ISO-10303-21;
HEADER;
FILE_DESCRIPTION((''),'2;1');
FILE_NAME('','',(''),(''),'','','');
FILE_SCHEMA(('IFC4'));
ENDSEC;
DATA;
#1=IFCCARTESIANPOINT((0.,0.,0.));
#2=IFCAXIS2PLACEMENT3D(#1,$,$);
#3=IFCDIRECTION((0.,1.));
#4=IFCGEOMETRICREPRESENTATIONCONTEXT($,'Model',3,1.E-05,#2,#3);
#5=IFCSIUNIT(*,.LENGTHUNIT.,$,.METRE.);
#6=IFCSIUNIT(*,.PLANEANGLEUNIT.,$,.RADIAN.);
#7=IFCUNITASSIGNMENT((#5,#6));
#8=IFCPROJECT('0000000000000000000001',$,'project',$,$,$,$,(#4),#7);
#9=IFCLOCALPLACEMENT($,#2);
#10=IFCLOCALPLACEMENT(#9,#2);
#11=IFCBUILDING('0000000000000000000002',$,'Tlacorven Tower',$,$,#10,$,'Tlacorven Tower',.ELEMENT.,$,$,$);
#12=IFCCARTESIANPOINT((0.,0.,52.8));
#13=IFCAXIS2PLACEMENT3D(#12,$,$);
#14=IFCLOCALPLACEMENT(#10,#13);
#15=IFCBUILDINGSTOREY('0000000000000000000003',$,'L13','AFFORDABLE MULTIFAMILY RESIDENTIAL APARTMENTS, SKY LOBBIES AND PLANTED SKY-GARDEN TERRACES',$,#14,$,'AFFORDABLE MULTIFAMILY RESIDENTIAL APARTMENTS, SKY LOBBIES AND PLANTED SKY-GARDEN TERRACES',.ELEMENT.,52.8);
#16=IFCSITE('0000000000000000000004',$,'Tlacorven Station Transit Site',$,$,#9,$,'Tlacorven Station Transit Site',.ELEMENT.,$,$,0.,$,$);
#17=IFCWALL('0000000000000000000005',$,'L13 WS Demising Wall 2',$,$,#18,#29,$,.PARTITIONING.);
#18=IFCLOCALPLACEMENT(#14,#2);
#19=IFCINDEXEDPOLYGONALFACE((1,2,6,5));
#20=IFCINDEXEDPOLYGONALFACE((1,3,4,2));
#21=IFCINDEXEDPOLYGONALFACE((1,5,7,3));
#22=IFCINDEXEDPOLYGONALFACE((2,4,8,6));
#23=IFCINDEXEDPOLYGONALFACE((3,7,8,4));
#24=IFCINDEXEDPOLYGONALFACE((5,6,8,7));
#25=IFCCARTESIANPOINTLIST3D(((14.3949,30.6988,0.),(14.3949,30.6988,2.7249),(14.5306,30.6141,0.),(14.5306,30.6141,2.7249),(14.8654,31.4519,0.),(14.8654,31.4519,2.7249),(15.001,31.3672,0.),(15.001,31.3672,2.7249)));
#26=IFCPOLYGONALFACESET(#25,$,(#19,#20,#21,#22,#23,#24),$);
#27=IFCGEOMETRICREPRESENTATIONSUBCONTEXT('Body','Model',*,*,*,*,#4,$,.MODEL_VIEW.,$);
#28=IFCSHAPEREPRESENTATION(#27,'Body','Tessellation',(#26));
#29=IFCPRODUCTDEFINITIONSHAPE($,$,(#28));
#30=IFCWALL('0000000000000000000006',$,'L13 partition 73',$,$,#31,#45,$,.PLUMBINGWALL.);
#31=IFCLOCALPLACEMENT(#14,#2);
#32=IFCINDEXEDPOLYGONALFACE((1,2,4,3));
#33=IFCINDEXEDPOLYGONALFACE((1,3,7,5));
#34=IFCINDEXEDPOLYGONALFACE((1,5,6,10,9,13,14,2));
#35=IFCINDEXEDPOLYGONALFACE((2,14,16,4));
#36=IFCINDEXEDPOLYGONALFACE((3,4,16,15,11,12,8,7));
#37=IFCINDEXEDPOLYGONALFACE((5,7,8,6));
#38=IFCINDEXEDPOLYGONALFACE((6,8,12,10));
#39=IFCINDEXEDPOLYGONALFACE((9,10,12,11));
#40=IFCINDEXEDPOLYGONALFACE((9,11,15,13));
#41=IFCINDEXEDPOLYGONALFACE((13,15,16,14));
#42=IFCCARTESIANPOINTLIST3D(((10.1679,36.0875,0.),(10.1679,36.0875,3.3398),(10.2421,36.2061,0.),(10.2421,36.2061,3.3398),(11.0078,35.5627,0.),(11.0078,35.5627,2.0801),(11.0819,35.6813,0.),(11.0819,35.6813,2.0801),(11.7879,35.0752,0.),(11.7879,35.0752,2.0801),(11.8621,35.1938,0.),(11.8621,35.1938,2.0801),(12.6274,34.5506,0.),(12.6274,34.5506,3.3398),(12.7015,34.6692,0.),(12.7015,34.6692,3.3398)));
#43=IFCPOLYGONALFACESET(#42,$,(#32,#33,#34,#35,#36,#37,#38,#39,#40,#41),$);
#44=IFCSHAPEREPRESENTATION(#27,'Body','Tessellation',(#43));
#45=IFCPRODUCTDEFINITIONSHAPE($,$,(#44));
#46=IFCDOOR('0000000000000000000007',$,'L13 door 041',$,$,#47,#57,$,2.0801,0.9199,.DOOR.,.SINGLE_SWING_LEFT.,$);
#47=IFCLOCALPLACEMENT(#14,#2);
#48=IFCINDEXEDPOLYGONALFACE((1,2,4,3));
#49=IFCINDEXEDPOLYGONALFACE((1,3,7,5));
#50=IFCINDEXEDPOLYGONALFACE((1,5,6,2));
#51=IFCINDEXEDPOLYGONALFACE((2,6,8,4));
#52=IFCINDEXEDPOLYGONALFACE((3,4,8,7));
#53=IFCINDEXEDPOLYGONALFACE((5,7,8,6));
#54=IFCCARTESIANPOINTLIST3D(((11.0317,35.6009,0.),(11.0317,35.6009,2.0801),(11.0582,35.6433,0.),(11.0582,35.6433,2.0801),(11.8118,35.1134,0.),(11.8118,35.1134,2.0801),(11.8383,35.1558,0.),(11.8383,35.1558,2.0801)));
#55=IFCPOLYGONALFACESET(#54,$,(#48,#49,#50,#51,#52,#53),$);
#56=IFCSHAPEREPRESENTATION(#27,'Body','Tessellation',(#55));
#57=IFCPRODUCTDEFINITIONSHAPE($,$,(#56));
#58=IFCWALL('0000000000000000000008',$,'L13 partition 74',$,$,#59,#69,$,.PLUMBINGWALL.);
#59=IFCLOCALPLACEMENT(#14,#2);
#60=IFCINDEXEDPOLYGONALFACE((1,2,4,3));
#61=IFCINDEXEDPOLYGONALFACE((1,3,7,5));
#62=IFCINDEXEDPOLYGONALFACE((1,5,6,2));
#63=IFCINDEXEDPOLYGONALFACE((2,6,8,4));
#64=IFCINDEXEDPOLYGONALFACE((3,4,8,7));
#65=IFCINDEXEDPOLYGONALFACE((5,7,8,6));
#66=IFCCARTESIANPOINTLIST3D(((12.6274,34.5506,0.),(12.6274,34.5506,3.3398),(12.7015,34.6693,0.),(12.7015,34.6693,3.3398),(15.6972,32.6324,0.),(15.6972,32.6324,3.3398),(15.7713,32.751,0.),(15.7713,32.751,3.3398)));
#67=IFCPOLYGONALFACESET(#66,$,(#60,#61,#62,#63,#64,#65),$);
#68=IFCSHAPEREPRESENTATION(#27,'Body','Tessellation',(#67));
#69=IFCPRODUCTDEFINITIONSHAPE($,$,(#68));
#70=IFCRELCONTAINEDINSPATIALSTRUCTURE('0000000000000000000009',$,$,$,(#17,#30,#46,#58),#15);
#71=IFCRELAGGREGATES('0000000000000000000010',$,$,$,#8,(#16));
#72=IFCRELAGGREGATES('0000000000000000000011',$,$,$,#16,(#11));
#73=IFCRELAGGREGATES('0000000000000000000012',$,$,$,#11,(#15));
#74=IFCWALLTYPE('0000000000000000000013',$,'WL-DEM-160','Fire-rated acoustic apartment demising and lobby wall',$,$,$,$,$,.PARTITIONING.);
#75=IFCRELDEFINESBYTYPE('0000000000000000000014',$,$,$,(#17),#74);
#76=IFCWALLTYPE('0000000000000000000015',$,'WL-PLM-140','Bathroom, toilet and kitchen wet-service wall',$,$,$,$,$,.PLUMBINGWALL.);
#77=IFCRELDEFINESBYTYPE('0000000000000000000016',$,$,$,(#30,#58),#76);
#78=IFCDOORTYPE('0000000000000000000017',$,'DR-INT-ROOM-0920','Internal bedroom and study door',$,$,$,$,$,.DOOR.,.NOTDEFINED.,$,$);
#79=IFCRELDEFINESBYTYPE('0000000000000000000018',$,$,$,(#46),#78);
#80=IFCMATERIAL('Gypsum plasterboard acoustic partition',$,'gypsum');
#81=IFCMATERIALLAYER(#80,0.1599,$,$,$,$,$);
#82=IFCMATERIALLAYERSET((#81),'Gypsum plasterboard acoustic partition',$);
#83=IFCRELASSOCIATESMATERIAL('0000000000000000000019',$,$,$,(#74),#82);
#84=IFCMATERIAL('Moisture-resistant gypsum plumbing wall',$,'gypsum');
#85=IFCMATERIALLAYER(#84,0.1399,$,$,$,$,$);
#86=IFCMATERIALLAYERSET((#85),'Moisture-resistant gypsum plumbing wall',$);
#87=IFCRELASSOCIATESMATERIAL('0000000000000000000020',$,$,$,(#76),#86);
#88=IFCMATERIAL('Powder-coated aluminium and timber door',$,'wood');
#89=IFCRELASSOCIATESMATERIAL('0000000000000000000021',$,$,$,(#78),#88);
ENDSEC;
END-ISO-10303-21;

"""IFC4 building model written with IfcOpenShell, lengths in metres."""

from ifc_helpers import new_model, si_unit, direction, frame, frame_2d, origin, place, context, subcontext, project, spatial, rectangle, extrude, source, transform, mapped, material, layer, layer_set, type_object, element, fill, save


model = new_model("IFC4")

# Units and contexts
model_context = context("Model", 3, precision=1e-05, world=origin(), true_north=direction((0.0, 1.0)))
body_context = subcontext(model_context, "Body", "Model", "MODEL_VIEW")
ifc_project = project(units=[si_unit("LENGTHUNIT", "METRE"), si_unit("PLANEANGLEUNIT", "RADIAN")], contexts=[model_context])

# Site, building, storey
site_placement = place(None, origin())
site = spatial("IfcSite", under=ifc_project, at=site_placement, Name="Tlacorven Station Transit Site", LongName="Tlacorven Station Transit Site", CompositionType="ELEMENT", RefElevation=0.0)
building_placement = place(site_placement, origin())
building = spatial("IfcBuilding", under=site, at=building_placement, Name="Tlacorven Tower", LongName="Tlacorven Tower", CompositionType="ELEMENT")
storey_placement = place(building_placement, frame((0.0, 0.0, 52.8)))
storey = spatial("IfcBuildingStorey", under=building, at=storey_placement, Name="L13", Description="AFFORDABLE MULTIFAMILY RESIDENTIAL APARTMENTS, SKY LOBBIES AND PLANTED SKY-GARDEN TERRACES", LongName="AFFORDABLE MULTIFAMILY RESIDENTIAL APARTMENTS, SKY LOBBIES AND PLANTED SKY-GARDEN TERRACES", CompositionType="ELEMENT", Elevation=52.8)

# Wall
ifc_material_1 = material(Name="Gypsum plasterboard acoustic partition", Category="gypsum")
ifc_layer_1 = layer(ifc_material_1, 0.1599)
ifc_layer_set_1 = layer_set([ifc_layer_1], Name="Gypsum plasterboard acoustic partition")
wall_type_1 = type_object("IfcWallType", Name="WL-DEM-160", Description="Fire-rated acoustic apartment demising and lobby wall", PredefinedType="PARTITIONING", material=ifc_layer_set_1)
wall_1_placement = place(storey_placement, frame((14.9331, 31.4094, 0.0), z_axis=(0.0, 0.0, 1.0), x_axis=(-0.529777, -0.848137, 0.0)))
element("IfcWall", 1, at=wall_1_placement, inside=storey, type_object=wall_type_1, Name="L13 WS Demising Wall 2", PredefinedType="PARTITIONING", context=body_context, shape_type="SweptSolid", body=[
    extrude(rectangle(XDim=0.8879, YDim=0.1599, at=frame_2d((0.4438, 0.0))), origin(), (0.0, 0.0, 1.0), 2.7249),
])

# Wall, opening, door
ifc_material_2 = material(Name="Moisture-resistant gypsum plumbing wall", Category="gypsum")
ifc_layer_2 = layer(ifc_material_2, 0.1399)
ifc_layer_set_2 = layer_set([ifc_layer_2], Name="Moisture-resistant gypsum plumbing wall")
wall_type_2 = type_object("IfcWallType", Name="WL-PLM-140", Description="Bathroom, toilet and kitchen wet-service wall", PredefinedType="PLUMBINGWALL", material=ifc_layer_set_2)
wall_2_placement = place(storey_placement, frame((12.6646, 34.6099, 0.0), z_axis=(0.0, 0.0, 1.0), x_axis=(-0.848046, 0.529923, 0.0)))
wall_2 = element("IfcWall", 2, at=wall_2_placement, inside=storey, type_object=wall_type_2, Name="L13 partition 73", PredefinedType="PLUMBINGWALL", context=body_context, shape_type="SweptSolid", body=[
    extrude(rectangle(XDim=2.9001, YDim=0.1399, at=frame_2d((1.4502, 0.0))), origin(), (0.0, 0.0, 1.0), 3.3398),
])
opening_placement = place(wall_2_placement, frame((0.99, 0.0, 0.0)))
opening = element("IfcOpeningElement", 3, at=opening_placement, cuts=wall_2, PredefinedType="OPENING", context=body_context, shape_type="SweptSolid", body=[
    extrude(rectangle(XDim=0.9199, YDim=2.0801, at=frame_2d((0.46, 1.04))), frame((0.0, 0.0801, 0.0), z_axis=(0.0, -1.0, 0.0), x_axis=(1.0, 0.0, 0.0)), (0.0, 0.0, 1.0), 0.1599),
])
ifc_material_3 = material(Name="Powder-coated aluminium and timber door", Category="wood")
door_type = type_object("IfcDoorType", Name="DR-INT-ROOM-0920", Description="Internal bedroom and study door", OperationType="NOTDEFINED", PredefinedType="DOOR", material=ifc_material_3)
shared_shape_1 = source(origin(), body_context, "Body", "SweptSolid", [
    extrude(rectangle(XDim=0.9199, YDim=2.0801, at=frame_2d((0.46, 1.04))), frame((0.0, 0.0249, 0.0), z_axis=(0.0, -1.0, 0.0), x_axis=(1.0, 0.0, 0.0)), (0.0, 0.0, 1.0), 0.05),
])
door_placement = place(opening_placement, origin())
door = element("IfcDoor", 4, at=door_placement, inside=storey, type_object=door_type, Name="L13 door 041", OperationType="SINGLE_SWING_LEFT", OverallHeight=2.0801, OverallWidth=0.9199, PredefinedType="DOOR", context=body_context, shape_type="MappedRepresentation", body=[
    mapped(shared_shape_1, transform((0.0, 0.0, 0.0), scale=1.0)),
])
fill(opening, door)

# Wall
wall_3_placement = place(storey_placement, frame((15.7344, 32.6917, 0.0), z_axis=(0.0, 0.0, 1.0), x_axis=(-0.848051, 0.529914, 0.0)))
element("IfcWall", 5, at=wall_3_placement, inside=storey, type_object=wall_type_2, Name="L13 partition 74", PredefinedType="PLUMBINGWALL", context=body_context, shape_type="SweptSolid", body=[
    extrude(rectangle(XDim=3.6199, YDim=0.1399, at=frame_2d((1.8101, 0.0))), origin(), (0.0, 0.0, 1.0), 3.3398),
])

save(model, "model.ifc")
